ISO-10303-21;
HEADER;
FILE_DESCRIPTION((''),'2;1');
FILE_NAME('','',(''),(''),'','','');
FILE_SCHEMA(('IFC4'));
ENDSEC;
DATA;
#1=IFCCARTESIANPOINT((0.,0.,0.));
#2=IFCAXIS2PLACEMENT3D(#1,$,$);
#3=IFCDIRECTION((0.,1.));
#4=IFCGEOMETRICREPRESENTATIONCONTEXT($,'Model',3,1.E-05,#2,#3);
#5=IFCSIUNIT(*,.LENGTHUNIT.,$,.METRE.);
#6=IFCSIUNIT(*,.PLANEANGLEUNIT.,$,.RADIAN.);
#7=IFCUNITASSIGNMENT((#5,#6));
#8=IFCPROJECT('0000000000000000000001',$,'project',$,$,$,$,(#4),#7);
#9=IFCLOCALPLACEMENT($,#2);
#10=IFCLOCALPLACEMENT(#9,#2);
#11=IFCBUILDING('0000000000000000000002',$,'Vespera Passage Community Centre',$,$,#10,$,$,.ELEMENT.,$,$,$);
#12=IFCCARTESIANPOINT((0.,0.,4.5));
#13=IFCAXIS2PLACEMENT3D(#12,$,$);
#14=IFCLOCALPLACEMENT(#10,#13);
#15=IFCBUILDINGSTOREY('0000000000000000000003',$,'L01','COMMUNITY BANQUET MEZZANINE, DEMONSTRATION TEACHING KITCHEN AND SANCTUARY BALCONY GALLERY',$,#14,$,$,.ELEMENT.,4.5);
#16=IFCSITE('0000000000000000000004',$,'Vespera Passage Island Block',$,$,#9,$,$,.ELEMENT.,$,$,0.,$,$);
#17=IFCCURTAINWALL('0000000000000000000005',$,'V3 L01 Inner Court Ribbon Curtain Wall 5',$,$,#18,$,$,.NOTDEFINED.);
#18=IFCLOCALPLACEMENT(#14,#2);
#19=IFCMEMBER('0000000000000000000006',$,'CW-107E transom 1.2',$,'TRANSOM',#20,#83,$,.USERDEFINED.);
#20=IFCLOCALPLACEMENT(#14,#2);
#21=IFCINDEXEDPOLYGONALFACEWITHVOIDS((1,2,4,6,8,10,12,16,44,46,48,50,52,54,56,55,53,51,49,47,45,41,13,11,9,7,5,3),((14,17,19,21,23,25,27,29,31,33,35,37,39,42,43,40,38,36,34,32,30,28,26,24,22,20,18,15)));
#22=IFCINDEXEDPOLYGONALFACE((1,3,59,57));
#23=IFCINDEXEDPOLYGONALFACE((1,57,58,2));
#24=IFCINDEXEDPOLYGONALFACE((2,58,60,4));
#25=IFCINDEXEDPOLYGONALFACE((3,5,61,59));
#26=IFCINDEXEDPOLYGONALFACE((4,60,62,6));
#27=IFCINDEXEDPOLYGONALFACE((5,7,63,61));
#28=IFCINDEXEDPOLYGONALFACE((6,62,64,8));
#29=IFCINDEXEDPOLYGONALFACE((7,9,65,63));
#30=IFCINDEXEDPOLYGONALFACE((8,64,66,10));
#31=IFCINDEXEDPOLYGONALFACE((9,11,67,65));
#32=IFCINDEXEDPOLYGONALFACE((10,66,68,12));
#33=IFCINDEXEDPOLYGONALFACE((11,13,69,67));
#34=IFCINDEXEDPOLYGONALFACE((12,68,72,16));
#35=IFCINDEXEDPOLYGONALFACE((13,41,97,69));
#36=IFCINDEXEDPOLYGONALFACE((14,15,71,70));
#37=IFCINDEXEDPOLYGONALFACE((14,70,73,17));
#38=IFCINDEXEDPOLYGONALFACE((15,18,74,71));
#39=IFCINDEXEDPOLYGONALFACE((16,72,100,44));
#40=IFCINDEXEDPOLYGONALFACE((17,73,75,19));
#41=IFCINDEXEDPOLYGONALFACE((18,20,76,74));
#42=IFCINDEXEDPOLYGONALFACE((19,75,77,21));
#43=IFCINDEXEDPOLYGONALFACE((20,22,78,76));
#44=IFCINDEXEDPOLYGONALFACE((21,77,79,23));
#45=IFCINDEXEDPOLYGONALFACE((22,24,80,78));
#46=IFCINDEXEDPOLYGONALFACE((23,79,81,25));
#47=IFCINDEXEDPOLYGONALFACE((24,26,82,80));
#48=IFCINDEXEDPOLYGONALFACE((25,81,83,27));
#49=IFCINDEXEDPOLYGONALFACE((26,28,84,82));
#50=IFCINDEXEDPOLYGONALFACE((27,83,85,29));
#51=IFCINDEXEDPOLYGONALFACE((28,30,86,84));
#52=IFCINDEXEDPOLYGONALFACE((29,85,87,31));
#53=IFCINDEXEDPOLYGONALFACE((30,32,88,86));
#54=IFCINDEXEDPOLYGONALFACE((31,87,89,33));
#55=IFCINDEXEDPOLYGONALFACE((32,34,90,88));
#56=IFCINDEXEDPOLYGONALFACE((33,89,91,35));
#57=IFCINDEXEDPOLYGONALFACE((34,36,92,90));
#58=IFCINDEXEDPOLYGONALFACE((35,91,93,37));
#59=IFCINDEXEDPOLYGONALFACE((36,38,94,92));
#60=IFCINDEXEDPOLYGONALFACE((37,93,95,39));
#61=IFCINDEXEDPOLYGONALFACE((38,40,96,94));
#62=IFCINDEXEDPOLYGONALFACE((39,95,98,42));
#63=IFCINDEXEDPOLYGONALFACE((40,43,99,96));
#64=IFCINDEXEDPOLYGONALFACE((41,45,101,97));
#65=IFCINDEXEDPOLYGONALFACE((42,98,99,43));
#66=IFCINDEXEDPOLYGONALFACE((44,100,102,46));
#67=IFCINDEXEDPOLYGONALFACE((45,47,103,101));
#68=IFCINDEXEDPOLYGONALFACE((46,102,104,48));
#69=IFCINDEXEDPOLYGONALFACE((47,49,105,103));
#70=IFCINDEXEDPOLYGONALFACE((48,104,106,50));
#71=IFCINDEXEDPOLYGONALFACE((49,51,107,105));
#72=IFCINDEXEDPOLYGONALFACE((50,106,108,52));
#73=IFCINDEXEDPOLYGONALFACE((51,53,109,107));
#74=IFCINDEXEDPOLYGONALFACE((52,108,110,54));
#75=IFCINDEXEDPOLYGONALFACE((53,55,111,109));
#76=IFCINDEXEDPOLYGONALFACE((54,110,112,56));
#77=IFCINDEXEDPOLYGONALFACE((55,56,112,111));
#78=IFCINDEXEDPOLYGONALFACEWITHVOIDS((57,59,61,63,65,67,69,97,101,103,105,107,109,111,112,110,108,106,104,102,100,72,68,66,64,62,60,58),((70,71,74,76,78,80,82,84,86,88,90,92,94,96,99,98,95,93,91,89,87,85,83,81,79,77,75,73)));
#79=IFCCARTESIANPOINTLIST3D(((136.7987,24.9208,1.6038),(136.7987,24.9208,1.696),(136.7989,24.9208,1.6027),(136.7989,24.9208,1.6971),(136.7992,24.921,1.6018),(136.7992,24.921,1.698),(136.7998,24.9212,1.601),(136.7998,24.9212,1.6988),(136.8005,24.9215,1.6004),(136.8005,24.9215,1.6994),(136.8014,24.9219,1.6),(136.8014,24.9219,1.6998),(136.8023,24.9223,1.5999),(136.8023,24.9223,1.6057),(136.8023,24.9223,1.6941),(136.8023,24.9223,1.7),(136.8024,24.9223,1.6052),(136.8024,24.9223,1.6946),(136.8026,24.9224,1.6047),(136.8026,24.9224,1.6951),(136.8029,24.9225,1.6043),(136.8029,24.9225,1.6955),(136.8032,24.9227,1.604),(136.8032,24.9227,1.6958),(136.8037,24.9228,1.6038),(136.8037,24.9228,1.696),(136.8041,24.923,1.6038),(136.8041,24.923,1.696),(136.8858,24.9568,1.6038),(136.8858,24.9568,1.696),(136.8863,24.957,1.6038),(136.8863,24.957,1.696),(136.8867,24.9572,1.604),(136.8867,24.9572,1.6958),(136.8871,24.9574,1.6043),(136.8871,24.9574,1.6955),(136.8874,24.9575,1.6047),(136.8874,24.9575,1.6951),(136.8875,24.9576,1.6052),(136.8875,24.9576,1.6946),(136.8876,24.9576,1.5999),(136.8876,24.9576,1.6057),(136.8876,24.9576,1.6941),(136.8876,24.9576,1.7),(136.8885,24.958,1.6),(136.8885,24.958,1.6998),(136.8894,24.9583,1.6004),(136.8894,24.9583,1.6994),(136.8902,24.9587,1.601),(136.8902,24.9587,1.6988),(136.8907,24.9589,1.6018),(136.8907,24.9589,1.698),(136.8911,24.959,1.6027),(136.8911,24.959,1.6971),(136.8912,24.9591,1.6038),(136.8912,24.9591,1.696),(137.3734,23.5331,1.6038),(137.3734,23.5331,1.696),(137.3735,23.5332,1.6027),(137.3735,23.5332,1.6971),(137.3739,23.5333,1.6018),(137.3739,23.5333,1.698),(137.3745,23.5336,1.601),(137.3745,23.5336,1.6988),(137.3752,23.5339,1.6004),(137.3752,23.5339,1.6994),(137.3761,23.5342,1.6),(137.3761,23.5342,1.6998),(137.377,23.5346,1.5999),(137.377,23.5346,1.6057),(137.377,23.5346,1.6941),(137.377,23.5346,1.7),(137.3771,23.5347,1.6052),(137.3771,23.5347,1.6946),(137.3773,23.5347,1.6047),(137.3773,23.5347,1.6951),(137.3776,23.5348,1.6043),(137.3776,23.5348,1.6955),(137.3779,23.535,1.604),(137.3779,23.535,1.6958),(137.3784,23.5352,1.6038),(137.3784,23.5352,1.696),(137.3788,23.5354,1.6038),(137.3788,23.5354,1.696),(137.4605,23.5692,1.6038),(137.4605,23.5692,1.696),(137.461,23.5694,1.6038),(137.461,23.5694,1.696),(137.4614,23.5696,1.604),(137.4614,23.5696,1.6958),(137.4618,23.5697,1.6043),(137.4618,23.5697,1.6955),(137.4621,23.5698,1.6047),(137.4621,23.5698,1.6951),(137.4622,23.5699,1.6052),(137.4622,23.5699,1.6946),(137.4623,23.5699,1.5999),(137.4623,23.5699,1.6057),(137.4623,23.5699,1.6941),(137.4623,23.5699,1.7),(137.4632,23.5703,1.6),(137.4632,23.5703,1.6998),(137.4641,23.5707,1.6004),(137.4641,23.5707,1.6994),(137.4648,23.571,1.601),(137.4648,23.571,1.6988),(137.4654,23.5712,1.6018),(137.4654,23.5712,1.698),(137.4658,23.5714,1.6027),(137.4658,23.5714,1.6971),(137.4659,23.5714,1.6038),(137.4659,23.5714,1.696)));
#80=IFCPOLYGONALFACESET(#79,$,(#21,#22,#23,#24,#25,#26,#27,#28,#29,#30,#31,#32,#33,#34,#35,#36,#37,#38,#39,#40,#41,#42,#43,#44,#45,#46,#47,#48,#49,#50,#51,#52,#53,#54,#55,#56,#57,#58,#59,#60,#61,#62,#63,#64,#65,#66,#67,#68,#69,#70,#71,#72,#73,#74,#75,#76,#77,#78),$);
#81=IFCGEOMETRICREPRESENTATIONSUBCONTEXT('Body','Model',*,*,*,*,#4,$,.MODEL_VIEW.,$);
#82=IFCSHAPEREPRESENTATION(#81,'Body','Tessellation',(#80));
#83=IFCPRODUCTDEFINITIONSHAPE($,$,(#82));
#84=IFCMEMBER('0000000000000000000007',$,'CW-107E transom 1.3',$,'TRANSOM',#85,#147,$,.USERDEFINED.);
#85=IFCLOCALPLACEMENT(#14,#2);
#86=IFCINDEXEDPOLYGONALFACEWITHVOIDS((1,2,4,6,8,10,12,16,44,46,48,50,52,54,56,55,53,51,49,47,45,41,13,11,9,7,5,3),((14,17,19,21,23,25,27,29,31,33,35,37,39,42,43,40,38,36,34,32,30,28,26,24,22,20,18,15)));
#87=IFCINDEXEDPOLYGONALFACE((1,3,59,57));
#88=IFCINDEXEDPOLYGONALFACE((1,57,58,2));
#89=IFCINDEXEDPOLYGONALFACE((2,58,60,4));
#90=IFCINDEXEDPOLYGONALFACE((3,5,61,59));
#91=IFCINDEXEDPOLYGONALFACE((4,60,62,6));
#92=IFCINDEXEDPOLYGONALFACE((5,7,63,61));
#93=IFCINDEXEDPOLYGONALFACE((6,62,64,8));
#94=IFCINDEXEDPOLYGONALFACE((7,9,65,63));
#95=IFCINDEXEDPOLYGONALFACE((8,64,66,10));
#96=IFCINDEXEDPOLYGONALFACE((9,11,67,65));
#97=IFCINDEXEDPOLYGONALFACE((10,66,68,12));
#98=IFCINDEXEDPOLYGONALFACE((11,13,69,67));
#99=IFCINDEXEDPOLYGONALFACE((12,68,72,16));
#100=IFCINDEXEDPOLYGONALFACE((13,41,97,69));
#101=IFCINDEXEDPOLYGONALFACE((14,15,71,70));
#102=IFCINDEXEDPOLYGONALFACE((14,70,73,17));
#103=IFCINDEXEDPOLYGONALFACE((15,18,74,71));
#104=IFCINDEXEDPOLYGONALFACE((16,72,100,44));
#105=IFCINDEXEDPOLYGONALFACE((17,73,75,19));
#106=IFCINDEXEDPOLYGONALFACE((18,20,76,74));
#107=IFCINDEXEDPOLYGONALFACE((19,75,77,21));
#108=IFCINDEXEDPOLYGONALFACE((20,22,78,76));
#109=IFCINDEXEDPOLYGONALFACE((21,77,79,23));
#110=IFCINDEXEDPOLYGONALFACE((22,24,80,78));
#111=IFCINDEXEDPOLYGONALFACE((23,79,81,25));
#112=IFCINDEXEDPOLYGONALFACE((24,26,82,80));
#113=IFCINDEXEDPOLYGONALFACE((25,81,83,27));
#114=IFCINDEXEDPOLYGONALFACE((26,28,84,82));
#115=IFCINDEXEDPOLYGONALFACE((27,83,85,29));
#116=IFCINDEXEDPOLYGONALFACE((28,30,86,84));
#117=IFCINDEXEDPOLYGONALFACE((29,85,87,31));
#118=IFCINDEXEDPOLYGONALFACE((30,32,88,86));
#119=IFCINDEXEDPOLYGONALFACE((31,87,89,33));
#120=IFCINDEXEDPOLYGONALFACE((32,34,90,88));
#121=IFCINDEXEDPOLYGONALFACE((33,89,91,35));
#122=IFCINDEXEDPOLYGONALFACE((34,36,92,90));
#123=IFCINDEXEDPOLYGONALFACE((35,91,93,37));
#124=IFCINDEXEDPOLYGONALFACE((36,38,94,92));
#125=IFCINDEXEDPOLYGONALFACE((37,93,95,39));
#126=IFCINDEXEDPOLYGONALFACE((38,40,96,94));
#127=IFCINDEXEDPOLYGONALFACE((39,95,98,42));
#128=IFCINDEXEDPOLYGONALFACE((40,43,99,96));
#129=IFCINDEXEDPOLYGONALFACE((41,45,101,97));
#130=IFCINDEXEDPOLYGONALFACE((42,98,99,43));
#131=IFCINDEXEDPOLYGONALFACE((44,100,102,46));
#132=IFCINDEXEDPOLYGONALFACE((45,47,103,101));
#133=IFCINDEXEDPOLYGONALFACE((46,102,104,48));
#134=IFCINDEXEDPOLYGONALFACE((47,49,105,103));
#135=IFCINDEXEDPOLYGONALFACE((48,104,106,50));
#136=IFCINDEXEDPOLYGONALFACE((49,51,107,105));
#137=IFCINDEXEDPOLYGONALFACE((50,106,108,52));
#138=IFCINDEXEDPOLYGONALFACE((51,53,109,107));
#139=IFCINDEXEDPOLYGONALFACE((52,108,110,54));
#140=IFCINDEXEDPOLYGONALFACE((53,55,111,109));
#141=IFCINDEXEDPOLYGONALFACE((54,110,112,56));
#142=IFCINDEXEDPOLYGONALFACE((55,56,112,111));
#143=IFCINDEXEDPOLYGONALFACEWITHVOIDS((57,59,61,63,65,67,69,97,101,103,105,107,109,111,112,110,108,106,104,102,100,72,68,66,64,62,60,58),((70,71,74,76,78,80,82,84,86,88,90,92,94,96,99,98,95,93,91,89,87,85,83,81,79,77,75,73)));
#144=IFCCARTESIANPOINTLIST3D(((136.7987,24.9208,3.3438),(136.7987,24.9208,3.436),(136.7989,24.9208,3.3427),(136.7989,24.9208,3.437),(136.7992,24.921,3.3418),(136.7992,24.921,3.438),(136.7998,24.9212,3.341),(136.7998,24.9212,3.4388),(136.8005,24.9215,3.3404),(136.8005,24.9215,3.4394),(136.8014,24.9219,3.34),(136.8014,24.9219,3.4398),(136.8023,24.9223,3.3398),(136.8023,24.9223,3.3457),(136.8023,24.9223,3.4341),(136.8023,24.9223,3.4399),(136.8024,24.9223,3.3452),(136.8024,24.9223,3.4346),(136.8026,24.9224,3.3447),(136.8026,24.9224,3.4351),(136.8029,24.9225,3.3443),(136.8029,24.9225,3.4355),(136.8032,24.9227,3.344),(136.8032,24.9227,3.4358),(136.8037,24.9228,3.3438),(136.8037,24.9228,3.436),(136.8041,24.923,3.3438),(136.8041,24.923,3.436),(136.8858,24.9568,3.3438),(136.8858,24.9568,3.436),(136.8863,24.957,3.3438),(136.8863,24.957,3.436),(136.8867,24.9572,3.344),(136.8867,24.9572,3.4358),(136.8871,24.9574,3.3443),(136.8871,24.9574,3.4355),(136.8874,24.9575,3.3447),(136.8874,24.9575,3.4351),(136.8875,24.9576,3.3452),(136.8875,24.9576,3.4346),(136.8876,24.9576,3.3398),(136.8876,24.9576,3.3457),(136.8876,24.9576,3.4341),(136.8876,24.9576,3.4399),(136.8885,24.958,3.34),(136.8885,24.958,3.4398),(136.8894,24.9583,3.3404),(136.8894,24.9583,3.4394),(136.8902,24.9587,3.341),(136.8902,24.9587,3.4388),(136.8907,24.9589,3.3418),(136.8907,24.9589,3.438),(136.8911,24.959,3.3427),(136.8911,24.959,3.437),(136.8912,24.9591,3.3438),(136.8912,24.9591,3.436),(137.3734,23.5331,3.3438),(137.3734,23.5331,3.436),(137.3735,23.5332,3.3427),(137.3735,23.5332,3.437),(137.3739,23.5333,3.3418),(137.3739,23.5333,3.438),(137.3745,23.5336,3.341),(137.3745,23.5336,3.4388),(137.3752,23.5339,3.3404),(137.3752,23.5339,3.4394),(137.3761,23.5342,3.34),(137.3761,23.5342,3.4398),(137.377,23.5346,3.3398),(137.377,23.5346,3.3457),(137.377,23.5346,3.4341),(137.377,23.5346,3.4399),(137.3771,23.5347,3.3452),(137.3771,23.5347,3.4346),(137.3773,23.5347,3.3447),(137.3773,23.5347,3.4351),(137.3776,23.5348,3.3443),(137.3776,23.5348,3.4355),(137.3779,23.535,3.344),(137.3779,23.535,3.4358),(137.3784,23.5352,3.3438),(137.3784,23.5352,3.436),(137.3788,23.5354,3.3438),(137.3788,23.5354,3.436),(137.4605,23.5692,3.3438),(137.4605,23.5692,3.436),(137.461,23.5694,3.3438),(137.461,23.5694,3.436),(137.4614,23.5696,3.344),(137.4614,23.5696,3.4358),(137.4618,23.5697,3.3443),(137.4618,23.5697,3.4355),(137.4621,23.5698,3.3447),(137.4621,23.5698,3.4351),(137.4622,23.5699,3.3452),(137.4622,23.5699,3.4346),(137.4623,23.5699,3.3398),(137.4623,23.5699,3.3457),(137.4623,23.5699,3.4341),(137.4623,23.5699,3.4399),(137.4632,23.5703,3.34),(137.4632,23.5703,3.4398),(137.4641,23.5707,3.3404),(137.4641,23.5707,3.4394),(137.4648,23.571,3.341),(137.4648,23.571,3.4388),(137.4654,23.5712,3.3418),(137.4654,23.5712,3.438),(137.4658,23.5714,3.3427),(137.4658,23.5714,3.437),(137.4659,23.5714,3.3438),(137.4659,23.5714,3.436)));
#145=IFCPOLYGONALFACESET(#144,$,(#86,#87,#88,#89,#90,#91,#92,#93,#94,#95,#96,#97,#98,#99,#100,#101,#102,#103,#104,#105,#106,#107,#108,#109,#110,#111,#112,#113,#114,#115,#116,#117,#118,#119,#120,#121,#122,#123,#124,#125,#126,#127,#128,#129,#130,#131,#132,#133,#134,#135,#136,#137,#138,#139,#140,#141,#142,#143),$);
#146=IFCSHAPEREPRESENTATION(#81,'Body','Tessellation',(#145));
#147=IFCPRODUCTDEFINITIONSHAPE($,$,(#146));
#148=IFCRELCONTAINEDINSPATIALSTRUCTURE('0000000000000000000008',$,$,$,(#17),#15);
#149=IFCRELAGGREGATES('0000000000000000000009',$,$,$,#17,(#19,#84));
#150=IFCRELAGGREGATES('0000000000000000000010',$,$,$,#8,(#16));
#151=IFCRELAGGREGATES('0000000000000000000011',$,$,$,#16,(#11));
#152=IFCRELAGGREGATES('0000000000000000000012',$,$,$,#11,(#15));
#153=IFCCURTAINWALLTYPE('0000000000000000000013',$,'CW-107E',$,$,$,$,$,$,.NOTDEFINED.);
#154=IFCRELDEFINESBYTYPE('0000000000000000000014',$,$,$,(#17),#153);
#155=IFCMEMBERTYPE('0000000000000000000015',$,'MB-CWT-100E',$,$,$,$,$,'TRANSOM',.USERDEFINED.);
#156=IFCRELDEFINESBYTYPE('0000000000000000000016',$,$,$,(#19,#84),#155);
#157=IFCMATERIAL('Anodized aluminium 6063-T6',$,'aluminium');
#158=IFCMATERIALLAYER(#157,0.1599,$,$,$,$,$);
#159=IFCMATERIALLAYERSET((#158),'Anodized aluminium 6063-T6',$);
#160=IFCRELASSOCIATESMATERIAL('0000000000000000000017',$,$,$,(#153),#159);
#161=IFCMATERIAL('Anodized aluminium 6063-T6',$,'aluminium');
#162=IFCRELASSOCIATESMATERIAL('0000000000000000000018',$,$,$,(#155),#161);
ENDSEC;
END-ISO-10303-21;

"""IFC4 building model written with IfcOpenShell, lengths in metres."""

from ifc_helpers import new_model, si_unit, direction, frame, origin, origin_2d, place, context, subcontext, project, spatial, hollow_rectangle, extrude, material, layer, layer_set, material_profile, profile_set, type_object, element, aggregate, save


model = new_model("IFC4")

# Units and contexts
model_context = context("Model", 3, precision=1e-05, world=origin(), true_north=direction((0.0, 1.0)))
body_context = subcontext(model_context, "Body", "Model", "MODEL_VIEW")
ifc_project = project(units=[si_unit("LENGTHUNIT", "METRE"), si_unit("PLANEANGLEUNIT", "RADIAN")], contexts=[model_context])

# Site, building, storey
site_placement = place(None, origin())
site = spatial("IfcSite", under=ifc_project, at=site_placement, Name="Vespera Passage Island Block", CompositionType="ELEMENT", RefElevation=0.0)
building_placement = place(site_placement, origin())
building = spatial("IfcBuilding", under=site, at=building_placement, Name="Vespera Passage Community Centre", CompositionType="ELEMENT")
storey_placement = place(building_placement, frame((0.0, 0.0, 4.5)))
storey = spatial("IfcBuildingStorey", under=building, at=storey_placement, Name="L01", Description="COMMUNITY BANQUET MEZZANINE, DEMONSTRATION TEACHING KITCHEN AND SANCTUARY BALCONY GALLERY", CompositionType="ELEMENT", Elevation=4.5)

# Curtain wall
ifc_material_1 = material(Name="Anodized aluminium 6063-T6", Category="aluminium")
ifc_layer_1 = layer(ifc_material_1, 0.1599)
ifc_layer_set_1 = layer_set([ifc_layer_1], Name="Anodized aluminium 6063-T6")
curtain_wall_type = type_object("IfcCurtainWallType", Name="CW-107E", PredefinedType="NOTDEFINED", material=ifc_layer_set_1)
curtain_wall_1_placement = place(storey_placement, origin())
curtain_wall_1 = element("IfcCurtainWall", 1, at=curtain_wall_1_placement, inside=storey, type_object=curtain_wall_type, Name="V3 L01 Inner Court Ribbon Curtain Wall 5", PredefinedType="NOTDEFINED")

# Members
ifc_material_2 = material(Name="Anodized aluminium 6063-T6", Category="aluminium")
ifc_material_profile_1 = material_profile(ifc_material_2, hollow_rectangle(XDim=0.1001, YDim=0.1001, WallThickness=0.0039, InnerFilletRadius=0.002, OuterFilletRadius=0.0039, at=origin_2d()), Name="ALU100X100X4")
ifc_profile_set_1 = profile_set([ifc_material_profile_1], Name="Anodized aluminium 6063-T6")
member_type_1 = type_object("IfcMemberType", Name="MB-CWT-100E", ElementType="TRANSOM", PredefinedType="USERDEFINED", material=ifc_profile_set_1)
member_1_placement = place(storey_placement, frame((136.845, 24.9399, 1.6499), z_axis=(0.382629, -0.923902, 0.0), x_axis=(0.923902, 0.382629, 0.0)))
member_1 = element("IfcMember", 2, at=member_1_placement, type_object=member_type_1, Name="CW-107E transom 1.2", ObjectType="TRANSOM", PredefinedType="USERDEFINED", context=body_context, shape_type="SweptSolid", body=[
    extrude(hollow_rectangle(XDim=0.1001, YDim=0.1001, WallThickness=0.0039, InnerFilletRadius=0.002, OuterFilletRadius=0.0039, at=origin_2d()), origin(), (0.0, 0.0, 1.0), 1.502),
])
member_2_placement = place(storey_placement, frame((136.845, 24.9399, 3.3899), z_axis=(0.382629, -0.923902, 0.0), x_axis=(0.923902, 0.382629, 0.0)))
member_2 = element("IfcMember", 3, at=member_2_placement, type_object=member_type_1, Name="CW-107E transom 1.3", ObjectType="TRANSOM", PredefinedType="USERDEFINED", context=body_context, shape_type="SweptSolid", body=[
    extrude(hollow_rectangle(XDim=0.1001, YDim=0.1001, WallThickness=0.0039, InnerFilletRadius=0.002, OuterFilletRadius=0.0039, at=origin_2d()), origin(), (0.0, 0.0, 1.0), 1.502),
])

aggregate(curtain_wall_1, [member_1, member_2])

save(model, "model.ifc")
